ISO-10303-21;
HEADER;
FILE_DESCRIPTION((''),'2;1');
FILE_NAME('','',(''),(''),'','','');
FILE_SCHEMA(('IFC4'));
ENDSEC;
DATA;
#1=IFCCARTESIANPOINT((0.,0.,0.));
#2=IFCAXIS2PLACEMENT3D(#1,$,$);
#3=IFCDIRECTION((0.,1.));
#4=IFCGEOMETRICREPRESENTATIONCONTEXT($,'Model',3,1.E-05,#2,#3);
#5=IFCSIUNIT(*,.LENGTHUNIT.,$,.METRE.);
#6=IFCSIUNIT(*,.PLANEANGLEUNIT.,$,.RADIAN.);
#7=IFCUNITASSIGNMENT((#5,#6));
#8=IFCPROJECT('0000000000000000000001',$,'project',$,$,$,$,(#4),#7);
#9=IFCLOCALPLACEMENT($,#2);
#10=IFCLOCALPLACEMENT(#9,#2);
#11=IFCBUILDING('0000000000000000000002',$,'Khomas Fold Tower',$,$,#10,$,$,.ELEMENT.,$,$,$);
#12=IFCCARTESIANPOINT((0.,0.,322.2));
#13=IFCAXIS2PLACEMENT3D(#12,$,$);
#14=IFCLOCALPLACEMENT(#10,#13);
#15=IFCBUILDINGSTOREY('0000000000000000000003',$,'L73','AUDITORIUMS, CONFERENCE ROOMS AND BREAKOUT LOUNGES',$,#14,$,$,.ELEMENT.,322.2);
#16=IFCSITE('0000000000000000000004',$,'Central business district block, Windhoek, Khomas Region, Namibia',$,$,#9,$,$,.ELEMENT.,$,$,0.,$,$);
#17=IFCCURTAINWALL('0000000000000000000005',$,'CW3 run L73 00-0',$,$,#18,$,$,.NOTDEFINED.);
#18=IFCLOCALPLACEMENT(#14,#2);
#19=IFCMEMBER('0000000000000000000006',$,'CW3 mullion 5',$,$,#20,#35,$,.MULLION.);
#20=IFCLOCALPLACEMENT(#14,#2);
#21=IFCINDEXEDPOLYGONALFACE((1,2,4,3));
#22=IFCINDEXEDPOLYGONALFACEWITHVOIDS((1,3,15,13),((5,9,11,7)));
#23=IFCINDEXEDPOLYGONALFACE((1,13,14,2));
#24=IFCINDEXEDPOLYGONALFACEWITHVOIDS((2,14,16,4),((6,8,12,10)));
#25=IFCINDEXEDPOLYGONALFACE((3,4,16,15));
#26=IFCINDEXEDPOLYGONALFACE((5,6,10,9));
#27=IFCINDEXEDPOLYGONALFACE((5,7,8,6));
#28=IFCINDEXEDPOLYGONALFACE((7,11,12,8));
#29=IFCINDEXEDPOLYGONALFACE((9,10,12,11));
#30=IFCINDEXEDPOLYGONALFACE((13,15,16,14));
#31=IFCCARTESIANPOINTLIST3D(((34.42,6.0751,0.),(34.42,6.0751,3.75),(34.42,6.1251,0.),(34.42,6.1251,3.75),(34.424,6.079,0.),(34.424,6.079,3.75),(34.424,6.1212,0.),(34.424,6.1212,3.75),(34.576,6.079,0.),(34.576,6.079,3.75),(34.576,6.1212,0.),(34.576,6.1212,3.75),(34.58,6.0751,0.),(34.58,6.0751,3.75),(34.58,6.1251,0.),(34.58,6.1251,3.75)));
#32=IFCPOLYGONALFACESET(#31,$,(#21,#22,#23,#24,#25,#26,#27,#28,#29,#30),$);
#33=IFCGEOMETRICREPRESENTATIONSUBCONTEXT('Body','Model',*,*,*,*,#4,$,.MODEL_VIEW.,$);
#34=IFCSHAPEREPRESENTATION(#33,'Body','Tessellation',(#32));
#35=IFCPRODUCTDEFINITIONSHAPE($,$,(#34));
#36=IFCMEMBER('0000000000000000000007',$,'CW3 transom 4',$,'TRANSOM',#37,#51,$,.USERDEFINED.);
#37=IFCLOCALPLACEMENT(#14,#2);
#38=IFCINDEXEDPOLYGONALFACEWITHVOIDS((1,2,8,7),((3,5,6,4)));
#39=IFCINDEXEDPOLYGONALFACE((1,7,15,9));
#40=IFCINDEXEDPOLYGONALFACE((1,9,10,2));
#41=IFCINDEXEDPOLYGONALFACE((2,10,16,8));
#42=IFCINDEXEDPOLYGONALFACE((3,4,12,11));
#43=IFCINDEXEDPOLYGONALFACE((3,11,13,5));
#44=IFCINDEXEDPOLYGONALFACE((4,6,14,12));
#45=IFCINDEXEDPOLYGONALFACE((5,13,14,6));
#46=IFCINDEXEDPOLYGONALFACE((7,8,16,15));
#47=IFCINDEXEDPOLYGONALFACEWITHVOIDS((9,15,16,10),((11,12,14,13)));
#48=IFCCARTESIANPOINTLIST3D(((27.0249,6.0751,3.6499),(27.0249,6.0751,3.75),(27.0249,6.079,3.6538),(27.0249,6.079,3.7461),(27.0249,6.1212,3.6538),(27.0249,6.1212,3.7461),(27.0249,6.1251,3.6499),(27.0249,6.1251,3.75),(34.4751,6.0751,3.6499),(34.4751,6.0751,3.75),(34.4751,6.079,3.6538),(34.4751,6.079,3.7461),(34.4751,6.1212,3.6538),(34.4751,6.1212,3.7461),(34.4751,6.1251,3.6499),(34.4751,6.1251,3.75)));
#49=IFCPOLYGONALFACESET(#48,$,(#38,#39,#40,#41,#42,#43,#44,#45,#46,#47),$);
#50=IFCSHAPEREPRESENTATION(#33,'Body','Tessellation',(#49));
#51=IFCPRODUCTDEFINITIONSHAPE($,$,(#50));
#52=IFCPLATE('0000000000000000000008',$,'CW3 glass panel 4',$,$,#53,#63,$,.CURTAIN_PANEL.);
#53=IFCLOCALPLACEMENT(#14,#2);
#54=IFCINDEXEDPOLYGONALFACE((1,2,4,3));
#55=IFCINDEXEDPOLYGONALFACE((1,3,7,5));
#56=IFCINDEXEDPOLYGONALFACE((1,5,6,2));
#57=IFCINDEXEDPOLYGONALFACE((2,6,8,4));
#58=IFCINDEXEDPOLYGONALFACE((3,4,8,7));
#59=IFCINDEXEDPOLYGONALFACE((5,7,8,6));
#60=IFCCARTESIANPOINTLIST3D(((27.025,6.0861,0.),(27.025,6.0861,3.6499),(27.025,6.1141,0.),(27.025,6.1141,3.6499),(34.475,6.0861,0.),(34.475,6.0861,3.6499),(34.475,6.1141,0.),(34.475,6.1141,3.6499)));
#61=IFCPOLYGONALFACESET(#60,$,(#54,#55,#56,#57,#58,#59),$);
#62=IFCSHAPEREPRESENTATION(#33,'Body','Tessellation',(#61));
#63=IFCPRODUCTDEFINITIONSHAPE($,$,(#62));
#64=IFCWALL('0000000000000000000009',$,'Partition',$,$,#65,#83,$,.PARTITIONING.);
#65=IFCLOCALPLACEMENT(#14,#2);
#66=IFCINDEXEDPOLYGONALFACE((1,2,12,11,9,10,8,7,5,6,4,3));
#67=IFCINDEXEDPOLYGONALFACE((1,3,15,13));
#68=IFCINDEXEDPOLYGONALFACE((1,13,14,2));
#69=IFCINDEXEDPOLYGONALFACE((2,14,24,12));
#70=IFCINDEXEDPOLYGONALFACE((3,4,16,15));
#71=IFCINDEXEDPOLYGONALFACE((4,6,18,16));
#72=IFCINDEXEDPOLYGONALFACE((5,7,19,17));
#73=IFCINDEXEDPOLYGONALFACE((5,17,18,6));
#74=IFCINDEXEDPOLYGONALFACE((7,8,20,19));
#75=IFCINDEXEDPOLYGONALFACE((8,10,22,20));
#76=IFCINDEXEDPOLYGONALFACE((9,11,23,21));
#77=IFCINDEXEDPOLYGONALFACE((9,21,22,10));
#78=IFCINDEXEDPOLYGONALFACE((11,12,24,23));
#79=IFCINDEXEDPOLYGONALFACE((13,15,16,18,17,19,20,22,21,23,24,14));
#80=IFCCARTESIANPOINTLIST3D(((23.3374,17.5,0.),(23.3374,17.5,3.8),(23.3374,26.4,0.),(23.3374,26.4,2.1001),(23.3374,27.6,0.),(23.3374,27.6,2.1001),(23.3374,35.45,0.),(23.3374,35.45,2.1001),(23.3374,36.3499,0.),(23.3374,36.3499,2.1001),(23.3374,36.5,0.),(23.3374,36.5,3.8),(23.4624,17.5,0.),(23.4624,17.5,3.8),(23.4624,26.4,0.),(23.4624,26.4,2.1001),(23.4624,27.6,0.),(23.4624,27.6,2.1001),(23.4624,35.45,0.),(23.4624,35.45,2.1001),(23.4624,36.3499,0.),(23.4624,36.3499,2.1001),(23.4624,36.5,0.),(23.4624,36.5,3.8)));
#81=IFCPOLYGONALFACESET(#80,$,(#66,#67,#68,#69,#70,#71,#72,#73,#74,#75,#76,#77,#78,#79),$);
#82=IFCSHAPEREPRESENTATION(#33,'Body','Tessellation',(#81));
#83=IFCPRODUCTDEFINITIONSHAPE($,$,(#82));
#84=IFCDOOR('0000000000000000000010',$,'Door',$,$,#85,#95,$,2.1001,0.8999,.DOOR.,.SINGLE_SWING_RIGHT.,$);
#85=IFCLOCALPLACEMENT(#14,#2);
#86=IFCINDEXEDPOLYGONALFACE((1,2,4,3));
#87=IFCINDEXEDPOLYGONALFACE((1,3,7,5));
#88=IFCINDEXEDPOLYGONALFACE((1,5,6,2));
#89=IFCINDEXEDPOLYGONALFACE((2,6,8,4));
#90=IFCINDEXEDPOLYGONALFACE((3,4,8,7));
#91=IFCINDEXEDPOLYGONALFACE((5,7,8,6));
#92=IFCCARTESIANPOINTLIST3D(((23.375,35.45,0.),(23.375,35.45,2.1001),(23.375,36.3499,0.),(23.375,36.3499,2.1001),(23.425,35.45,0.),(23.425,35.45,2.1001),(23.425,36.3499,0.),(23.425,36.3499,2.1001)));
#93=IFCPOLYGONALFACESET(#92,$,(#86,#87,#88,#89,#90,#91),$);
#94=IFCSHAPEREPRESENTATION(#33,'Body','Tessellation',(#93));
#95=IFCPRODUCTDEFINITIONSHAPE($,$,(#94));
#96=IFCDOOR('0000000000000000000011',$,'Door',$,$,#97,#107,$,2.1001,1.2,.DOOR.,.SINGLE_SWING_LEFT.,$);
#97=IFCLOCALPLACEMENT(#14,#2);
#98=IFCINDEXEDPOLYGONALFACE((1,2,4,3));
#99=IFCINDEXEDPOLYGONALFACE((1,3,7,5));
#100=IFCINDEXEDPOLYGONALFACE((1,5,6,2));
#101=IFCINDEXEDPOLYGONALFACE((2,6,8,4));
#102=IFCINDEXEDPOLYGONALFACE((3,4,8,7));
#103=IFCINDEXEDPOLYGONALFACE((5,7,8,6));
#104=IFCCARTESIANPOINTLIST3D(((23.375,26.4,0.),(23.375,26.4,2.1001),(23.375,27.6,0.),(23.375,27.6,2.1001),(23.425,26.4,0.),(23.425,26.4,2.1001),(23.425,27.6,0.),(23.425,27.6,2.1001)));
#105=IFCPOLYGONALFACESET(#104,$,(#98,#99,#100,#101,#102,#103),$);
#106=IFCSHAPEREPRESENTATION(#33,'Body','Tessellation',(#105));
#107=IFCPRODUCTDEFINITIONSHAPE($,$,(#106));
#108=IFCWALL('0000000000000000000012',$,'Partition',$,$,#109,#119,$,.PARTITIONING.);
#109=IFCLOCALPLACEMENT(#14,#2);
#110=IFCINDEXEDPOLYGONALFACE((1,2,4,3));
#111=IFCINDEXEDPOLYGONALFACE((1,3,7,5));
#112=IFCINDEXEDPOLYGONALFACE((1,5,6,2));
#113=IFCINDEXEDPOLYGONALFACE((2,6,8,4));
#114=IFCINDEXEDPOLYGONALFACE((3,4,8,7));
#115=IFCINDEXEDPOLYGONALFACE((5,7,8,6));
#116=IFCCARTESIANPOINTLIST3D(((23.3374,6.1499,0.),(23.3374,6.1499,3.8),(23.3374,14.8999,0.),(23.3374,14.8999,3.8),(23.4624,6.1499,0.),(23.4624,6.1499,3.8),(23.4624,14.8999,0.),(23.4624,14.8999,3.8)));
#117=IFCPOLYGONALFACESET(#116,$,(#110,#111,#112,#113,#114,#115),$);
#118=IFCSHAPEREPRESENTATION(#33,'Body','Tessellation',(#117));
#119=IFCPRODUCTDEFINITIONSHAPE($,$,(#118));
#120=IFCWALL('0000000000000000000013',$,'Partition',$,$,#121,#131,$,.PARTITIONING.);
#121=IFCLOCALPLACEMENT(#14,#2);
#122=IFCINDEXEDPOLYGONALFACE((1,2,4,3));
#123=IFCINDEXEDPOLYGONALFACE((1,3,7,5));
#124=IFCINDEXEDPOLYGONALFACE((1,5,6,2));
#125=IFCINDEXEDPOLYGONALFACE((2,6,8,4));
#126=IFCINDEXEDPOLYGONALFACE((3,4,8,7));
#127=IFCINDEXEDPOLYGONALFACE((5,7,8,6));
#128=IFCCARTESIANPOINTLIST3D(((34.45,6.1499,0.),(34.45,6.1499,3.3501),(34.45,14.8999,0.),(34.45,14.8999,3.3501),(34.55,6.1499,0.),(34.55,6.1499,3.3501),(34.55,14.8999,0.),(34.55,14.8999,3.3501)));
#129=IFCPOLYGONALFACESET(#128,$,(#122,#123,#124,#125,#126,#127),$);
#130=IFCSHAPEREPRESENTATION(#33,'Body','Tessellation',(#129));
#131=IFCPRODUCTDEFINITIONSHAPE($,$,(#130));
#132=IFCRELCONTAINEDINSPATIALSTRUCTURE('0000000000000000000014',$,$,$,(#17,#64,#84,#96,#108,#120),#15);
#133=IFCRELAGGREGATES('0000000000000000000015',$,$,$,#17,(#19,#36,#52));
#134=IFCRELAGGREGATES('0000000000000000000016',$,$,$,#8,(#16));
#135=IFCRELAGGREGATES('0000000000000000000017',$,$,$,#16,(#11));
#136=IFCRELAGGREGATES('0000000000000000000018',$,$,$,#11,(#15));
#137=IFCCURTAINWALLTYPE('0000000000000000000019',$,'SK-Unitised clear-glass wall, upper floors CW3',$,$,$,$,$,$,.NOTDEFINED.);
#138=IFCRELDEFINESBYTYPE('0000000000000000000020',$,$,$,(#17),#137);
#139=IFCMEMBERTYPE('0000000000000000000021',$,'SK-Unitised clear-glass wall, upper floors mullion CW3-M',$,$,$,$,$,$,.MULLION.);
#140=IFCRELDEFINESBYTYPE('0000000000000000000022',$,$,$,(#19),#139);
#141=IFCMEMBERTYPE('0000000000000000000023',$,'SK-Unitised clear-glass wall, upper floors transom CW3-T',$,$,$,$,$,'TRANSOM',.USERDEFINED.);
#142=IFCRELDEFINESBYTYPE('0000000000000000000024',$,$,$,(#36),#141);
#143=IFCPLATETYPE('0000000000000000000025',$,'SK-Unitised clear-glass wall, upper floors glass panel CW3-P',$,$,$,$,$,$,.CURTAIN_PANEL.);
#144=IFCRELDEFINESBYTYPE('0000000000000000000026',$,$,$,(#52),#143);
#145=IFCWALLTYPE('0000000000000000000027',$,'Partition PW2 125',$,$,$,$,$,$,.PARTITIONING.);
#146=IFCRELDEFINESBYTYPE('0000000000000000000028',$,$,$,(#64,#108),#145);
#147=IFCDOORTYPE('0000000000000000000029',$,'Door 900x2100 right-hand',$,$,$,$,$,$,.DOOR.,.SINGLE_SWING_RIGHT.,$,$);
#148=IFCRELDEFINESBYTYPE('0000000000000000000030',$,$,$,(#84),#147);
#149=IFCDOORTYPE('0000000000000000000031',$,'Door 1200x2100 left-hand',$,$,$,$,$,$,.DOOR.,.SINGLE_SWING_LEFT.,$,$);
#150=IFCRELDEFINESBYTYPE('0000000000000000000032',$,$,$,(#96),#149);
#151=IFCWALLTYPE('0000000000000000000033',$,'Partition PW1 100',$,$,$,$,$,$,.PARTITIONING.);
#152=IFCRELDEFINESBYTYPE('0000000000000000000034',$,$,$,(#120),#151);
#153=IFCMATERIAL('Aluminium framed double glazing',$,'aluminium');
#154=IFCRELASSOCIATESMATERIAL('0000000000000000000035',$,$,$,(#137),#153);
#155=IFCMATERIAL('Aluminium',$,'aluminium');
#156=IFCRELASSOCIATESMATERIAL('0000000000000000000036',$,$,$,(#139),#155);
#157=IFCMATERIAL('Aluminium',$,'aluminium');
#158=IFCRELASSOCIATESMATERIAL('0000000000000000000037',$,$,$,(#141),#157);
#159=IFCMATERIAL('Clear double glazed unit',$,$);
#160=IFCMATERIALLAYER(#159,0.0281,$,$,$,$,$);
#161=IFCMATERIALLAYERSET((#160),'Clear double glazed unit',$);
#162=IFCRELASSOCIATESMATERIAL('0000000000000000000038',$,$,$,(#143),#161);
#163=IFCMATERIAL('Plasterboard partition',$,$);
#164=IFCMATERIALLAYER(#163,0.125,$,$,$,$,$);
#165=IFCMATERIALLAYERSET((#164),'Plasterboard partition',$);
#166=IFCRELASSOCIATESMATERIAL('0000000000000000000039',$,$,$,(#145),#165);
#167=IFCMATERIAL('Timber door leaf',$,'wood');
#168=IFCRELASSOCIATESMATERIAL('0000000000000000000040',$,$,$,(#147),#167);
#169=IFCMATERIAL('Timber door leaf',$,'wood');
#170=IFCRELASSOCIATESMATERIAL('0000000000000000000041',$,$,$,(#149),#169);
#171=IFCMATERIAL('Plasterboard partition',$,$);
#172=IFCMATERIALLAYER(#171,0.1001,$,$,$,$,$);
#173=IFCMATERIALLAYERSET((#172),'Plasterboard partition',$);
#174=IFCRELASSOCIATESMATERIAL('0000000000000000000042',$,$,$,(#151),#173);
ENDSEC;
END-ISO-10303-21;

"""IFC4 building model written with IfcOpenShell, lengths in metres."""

from ifc_helpers import new_model, si_unit, direction, frame, frame_2d, origin, origin_2d, place, context, subcontext, project, spatial, rectangle, hollow_rectangle, extrude, source, transform, mapped, material, layer, layer_set, material_profile, profile_set, type_object, element, fill, aggregate, save


model = new_model("IFC4")

# Units and contexts
model_context = context("Model", 3, precision=1e-05, world=origin(), true_north=direction((0.0, 1.0)))
body_context = subcontext(model_context, "Body", "Model", "MODEL_VIEW")
ifc_project = project(units=[si_unit("LENGTHUNIT", "METRE"), si_unit("PLANEANGLEUNIT", "RADIAN")], contexts=[model_context])

# Site, building, storey
site_placement = place(None, origin())
site = spatial("IfcSite", under=ifc_project, at=site_placement, Name="Central business district block, Windhoek, Khomas Region, Namibia", CompositionType="ELEMENT", RefElevation=0.0)
building_placement = place(site_placement, origin())
building = spatial("IfcBuilding", under=site, at=building_placement, Name="Khomas Fold Tower", CompositionType="ELEMENT")
storey_placement = place(building_placement, frame((0.0, 0.0, 322.2)))
storey = spatial("IfcBuildingStorey", under=building, at=storey_placement, Name="L73", Description="AUDITORIUMS, CONFERENCE ROOMS AND BREAKOUT LOUNGES", CompositionType="ELEMENT", Elevation=322.2)

# Curtain wall, members, plate
ifc_material_1 = material(Name="Aluminium framed double glazing", Category="aluminium")
curtain_wall_type = type_object("IfcCurtainWallType", Name="SK-Unitised clear-glass wall, upper floors CW3", PredefinedType="NOTDEFINED", material=ifc_material_1)
curtain_wall_placement = place(storey_placement, origin())
curtain_wall = element("IfcCurtainWall", 1, at=curtain_wall_placement, inside=storey, type_object=curtain_wall_type, Name="CW3 run L73 00-0", PredefinedType="NOTDEFINED")
ifc_material_2 = material(Name="Aluminium", Category="aluminium")
ifc_material_profile_1 = material_profile(ifc_material_2, hollow_rectangle(XDim=0.05, YDim=0.1599, WallThickness=0.0039, at=origin_2d()), Name="SK-Unitised clear-glass wall, upper floors mullion CW3-M")
ifc_profile_set_1 = profile_set([ifc_material_profile_1], Name="Aluminium")
member_type_1 = type_object("IfcMemberType", Name="SK-Unitised clear-glass wall, upper floors mullion CW3-M", PredefinedType="MULLION", material=ifc_profile_set_1)
shared_shape_1 = source(origin(), body_context, "Body", "SweptSolid", [
    extrude(hollow_rectangle(XDim=0.05, YDim=0.1599, WallThickness=0.0039, at=origin_2d()), origin(), (0.0, 0.0, 1.0), 3.75),
])
member_1_placement = place(storey_placement, frame((34.5, 6.1001, 0.0), z_axis=(0.0, 0.0, 1.0), x_axis=(0.0, 1.0, 0.0)))
member_1 = element("IfcMember", 2, at=member_1_placement, type_object=member_type_1, Name="CW3 mullion 5", PredefinedType="MULLION", context=body_context, shape_type="MappedRepresentation", body=[
    mapped(shared_shape_1, transform((0.0, 0.0, 0.0))),
])
ifc_material_3 = material(Name="Aluminium", Category="aluminium")
ifc_material_profile_2 = material_profile(ifc_material_3, hollow_rectangle(XDim=0.05, YDim=0.1001, WallThickness=0.0039, at=origin_2d()), Name="SK-Unitised clear-glass wall, upper floors transom CW3-T")
ifc_profile_set_2 = profile_set([ifc_material_profile_2], Name="Aluminium")
member_type_2 = type_object("IfcMemberType", Name="SK-Unitised clear-glass wall, upper floors transom CW3-T", ElementType="TRANSOM", PredefinedType="USERDEFINED", material=ifc_profile_set_2)
shared_shape_2 = source(origin(), body_context, "Body", "SweptSolid", [
    extrude(hollow_rectangle(XDim=0.05, YDim=0.1001, WallThickness=0.0039, at=origin_2d()), origin(), (0.0, 0.0, 1.0), 7.4502),
])
member_2_placement = place(storey_placement, frame((27.0249, 6.1001, 3.7), z_axis=(1.0, 0.0, 0.0), x_axis=(0.0, 1.0, 0.0)))
member_2 = element("IfcMember", 3, at=member_2_placement, type_object=member_type_2, Name="CW3 transom 4", ObjectType="TRANSOM", PredefinedType="USERDEFINED", context=body_context, shape_type="MappedRepresentation", body=[
    mapped(shared_shape_2, transform((0.0, 0.0, 0.0))),
])
ifc_material_4 = material(Name="Clear double glazed unit")
ifc_layer_1 = layer(ifc_material_4, 0.0281)
ifc_layer_set_1 = layer_set([ifc_layer_1], Name="Clear double glazed unit")
plate_type = type_object("IfcPlateType", Name="SK-Unitised clear-glass wall, upper floors glass panel CW3-P", PredefinedType="CURTAIN_PANEL", material=ifc_layer_set_1)
shared_shape_3 = source(origin(), body_context, "Body", "SweptSolid", [
    extrude(rectangle(XDim=7.45, YDim=0.0281, at=origin_2d()), origin(), (0.0, 0.0, 1.0), 3.6499),
])
plate_placement = place(storey_placement, frame((30.75, 6.1001, 0.0), z_axis=(0.0, 0.0, 1.0), x_axis=(1.0, 0.0, 0.0)))
plate = element("IfcPlate", 4, at=plate_placement, type_object=plate_type, Name="CW3 glass panel 4", PredefinedType="CURTAIN_PANEL", context=body_context, shape_type="MappedRepresentation", body=[
    mapped(shared_shape_3, transform((0.0, 0.0, 0.0))),
])
aggregate(curtain_wall, [member_1, member_2, plate])

# Wall, openings, doors
ifc_material_5 = material(Name="Plasterboard partition")
ifc_layer_2 = layer(ifc_material_5, 0.125)
ifc_layer_set_2 = layer_set([ifc_layer_2], Name="Plasterboard partition")
wall_type_1 = type_object("IfcWallType", Name="Partition PW2 125", PredefinedType="PARTITIONING", material=ifc_layer_set_2)
shared_shape_4 = source(origin(), body_context, "Body", "SweptSolid", [
    extrude(rectangle(XDim=19.0, YDim=0.125, at=frame_2d((9.5, 0.0))), origin(), (0.0, 0.0, 1.0), 3.8),
])
wall_1_placement = place(storey_placement, frame((23.3999, 17.5, 0.0), z_axis=(0.0, 0.0, 1.0), x_axis=(0.0, 1.0, 0.0)))
wall_1 = element("IfcWall", 5, at=wall_1_placement, inside=storey, type_object=wall_type_1, Name="Partition", PredefinedType="PARTITIONING", context=body_context, shape_type="MappedRepresentation", body=[
    mapped(shared_shape_4, transform((0.0, 0.0, 0.0))),
])
shared_shape_5 = source(origin(), body_context, "Body", "SweptSolid", [
    extrude(rectangle(XDim=1.2, YDim=2.1001, at=frame_2d((0.6001, 1.05))), frame((0.0, 0.0725, 0.0), z_axis=(0.0, -1.0, 0.0), x_axis=(1.0, 0.0, 0.0)), (0.0, 0.0, 1.0), 0.145),
])
opening_1_placement = place(wall_1_placement, frame((8.8999, 0.0, 0.0)))
opening_1 = element("IfcOpeningElement", 6, at=opening_1_placement, cuts=wall_1, PredefinedType="OPENING", context=body_context, shape_type="MappedRepresentation", body=[
    mapped(shared_shape_5, transform((0.0, 0.0, 0.0))),
])
shared_shape_6 = source(origin(), body_context, "Body", "SweptSolid", [
    extrude(rectangle(XDim=0.8999, YDim=2.1001, at=frame_2d((0.45, 1.05))), frame((0.0, 0.0725, 0.0), z_axis=(0.0, -1.0, 0.0), x_axis=(1.0, 0.0, 0.0)), (0.0, 0.0, 1.0), 0.145),
])
opening_2_placement = place(wall_1_placement, frame((17.95, 0.0, 0.0)))
opening_2 = element("IfcOpeningElement", 7, at=opening_2_placement, cuts=wall_1, PredefinedType="OPENING", context=body_context, shape_type="MappedRepresentation", body=[
    mapped(shared_shape_6, transform((0.0, 0.0, 0.0))),
])
ifc_material_6 = material(Name="Timber door leaf", Category="wood")
door_type_1 = type_object("IfcDoorType", Name="Door 900x2100 right-hand", OperationType="SINGLE_SWING_RIGHT", PredefinedType="DOOR", material=ifc_material_6)
shared_shape_7 = source(origin(), body_context, "Body", "SweptSolid", [
    extrude(rectangle(XDim=0.8999, YDim=2.1001, at=frame_2d((0.45, 1.05))), frame((0.0, 0.0249, 0.0), z_axis=(0.0, -1.0, 0.0), x_axis=(1.0, 0.0, 0.0)), (0.0, 0.0, 1.0), 0.05),
])
door_1_placement = place(opening_2_placement, origin())
door_1 = element("IfcDoor", 8, at=door_1_placement, inside=storey, type_object=door_type_1, Name="Door", OperationType="SINGLE_SWING_RIGHT", OverallHeight=2.1001, OverallWidth=0.8999, PredefinedType="DOOR", context=body_context, shape_type="MappedRepresentation", body=[
    mapped(shared_shape_7, transform((0.0, 0.0, 0.0))),
])
fill(opening_2, door_1)
ifc_material_7 = material(Name="Timber door leaf", Category="wood")
door_type_2 = type_object("IfcDoorType", Name="Door 1200x2100 left-hand", OperationType="SINGLE_SWING_LEFT", PredefinedType="DOOR", material=ifc_material_7)
shared_shape_8 = source(origin(), body_context, "Body", "SweptSolid", [
    extrude(rectangle(XDim=1.2, YDim=2.1001, at=frame_2d((0.6001, 1.05))), frame((0.0, 0.0249, 0.0), z_axis=(0.0, -1.0, 0.0), x_axis=(1.0, 0.0, 0.0)), (0.0, 0.0, 1.0), 0.05),
])
door_2_placement = place(opening_1_placement, origin())
door_2 = element("IfcDoor", 9, at=door_2_placement, inside=storey, type_object=door_type_2, Name="Door", OperationType="SINGLE_SWING_LEFT", OverallHeight=2.1001, OverallWidth=1.2, PredefinedType="DOOR", context=body_context, shape_type="MappedRepresentation", body=[
    mapped(shared_shape_8, transform((0.0, 0.0, 0.0))),
])
fill(opening_1, door_2)

# Walls
shared_shape_9 = source(origin(), body_context, "Body", "SweptSolid", [
    extrude(rectangle(XDim=8.75, YDim=0.125, at=frame_2d((4.375, 0.0))), origin(), (0.0, 0.0, 1.0), 3.8),
])
wall_2_placement = place(storey_placement, frame((23.3999, 6.1499, 0.0), z_axis=(0.0, 0.0, 1.0), x_axis=(0.0, 1.0, 0.0)))
element("IfcWall", 10, at=wall_2_placement, inside=storey, type_object=wall_type_1, Name="Partition", PredefinedType="PARTITIONING", context=body_context, shape_type="MappedRepresentation", body=[
    mapped(shared_shape_9, transform((0.0, 0.0, 0.0))),
])
ifc_material_8 = material(Name="Plasterboard partition")
ifc_layer_3 = layer(ifc_material_8, 0.1001)
ifc_layer_set_3 = layer_set([ifc_layer_3], Name="Plasterboard partition")
wall_type_2 = type_object("IfcWallType", Name="Partition PW1 100", PredefinedType="PARTITIONING", material=ifc_layer_set_3)
shared_shape_10 = source(origin(), body_context, "Body", "SweptSolid", [
    extrude(rectangle(XDim=8.75, YDim=0.1001, at=frame_2d((4.375, 0.0))), origin(), (0.0, 0.0, 1.0), 3.3501),
])
wall_3_placement = place(storey_placement, frame((34.5, 6.1499, 0.0), z_axis=(0.0, 0.0, 1.0), x_axis=(0.0, 1.0, 0.0)))
element("IfcWall", 11, at=wall_3_placement, inside=storey, type_object=wall_type_2, Name="Partition", PredefinedType="PARTITIONING", context=body_context, shape_type="MappedRepresentation", body=[
    mapped(shared_shape_10, transform((0.0, 0.0, 0.0))),
])

save(model, "model.ifc")
